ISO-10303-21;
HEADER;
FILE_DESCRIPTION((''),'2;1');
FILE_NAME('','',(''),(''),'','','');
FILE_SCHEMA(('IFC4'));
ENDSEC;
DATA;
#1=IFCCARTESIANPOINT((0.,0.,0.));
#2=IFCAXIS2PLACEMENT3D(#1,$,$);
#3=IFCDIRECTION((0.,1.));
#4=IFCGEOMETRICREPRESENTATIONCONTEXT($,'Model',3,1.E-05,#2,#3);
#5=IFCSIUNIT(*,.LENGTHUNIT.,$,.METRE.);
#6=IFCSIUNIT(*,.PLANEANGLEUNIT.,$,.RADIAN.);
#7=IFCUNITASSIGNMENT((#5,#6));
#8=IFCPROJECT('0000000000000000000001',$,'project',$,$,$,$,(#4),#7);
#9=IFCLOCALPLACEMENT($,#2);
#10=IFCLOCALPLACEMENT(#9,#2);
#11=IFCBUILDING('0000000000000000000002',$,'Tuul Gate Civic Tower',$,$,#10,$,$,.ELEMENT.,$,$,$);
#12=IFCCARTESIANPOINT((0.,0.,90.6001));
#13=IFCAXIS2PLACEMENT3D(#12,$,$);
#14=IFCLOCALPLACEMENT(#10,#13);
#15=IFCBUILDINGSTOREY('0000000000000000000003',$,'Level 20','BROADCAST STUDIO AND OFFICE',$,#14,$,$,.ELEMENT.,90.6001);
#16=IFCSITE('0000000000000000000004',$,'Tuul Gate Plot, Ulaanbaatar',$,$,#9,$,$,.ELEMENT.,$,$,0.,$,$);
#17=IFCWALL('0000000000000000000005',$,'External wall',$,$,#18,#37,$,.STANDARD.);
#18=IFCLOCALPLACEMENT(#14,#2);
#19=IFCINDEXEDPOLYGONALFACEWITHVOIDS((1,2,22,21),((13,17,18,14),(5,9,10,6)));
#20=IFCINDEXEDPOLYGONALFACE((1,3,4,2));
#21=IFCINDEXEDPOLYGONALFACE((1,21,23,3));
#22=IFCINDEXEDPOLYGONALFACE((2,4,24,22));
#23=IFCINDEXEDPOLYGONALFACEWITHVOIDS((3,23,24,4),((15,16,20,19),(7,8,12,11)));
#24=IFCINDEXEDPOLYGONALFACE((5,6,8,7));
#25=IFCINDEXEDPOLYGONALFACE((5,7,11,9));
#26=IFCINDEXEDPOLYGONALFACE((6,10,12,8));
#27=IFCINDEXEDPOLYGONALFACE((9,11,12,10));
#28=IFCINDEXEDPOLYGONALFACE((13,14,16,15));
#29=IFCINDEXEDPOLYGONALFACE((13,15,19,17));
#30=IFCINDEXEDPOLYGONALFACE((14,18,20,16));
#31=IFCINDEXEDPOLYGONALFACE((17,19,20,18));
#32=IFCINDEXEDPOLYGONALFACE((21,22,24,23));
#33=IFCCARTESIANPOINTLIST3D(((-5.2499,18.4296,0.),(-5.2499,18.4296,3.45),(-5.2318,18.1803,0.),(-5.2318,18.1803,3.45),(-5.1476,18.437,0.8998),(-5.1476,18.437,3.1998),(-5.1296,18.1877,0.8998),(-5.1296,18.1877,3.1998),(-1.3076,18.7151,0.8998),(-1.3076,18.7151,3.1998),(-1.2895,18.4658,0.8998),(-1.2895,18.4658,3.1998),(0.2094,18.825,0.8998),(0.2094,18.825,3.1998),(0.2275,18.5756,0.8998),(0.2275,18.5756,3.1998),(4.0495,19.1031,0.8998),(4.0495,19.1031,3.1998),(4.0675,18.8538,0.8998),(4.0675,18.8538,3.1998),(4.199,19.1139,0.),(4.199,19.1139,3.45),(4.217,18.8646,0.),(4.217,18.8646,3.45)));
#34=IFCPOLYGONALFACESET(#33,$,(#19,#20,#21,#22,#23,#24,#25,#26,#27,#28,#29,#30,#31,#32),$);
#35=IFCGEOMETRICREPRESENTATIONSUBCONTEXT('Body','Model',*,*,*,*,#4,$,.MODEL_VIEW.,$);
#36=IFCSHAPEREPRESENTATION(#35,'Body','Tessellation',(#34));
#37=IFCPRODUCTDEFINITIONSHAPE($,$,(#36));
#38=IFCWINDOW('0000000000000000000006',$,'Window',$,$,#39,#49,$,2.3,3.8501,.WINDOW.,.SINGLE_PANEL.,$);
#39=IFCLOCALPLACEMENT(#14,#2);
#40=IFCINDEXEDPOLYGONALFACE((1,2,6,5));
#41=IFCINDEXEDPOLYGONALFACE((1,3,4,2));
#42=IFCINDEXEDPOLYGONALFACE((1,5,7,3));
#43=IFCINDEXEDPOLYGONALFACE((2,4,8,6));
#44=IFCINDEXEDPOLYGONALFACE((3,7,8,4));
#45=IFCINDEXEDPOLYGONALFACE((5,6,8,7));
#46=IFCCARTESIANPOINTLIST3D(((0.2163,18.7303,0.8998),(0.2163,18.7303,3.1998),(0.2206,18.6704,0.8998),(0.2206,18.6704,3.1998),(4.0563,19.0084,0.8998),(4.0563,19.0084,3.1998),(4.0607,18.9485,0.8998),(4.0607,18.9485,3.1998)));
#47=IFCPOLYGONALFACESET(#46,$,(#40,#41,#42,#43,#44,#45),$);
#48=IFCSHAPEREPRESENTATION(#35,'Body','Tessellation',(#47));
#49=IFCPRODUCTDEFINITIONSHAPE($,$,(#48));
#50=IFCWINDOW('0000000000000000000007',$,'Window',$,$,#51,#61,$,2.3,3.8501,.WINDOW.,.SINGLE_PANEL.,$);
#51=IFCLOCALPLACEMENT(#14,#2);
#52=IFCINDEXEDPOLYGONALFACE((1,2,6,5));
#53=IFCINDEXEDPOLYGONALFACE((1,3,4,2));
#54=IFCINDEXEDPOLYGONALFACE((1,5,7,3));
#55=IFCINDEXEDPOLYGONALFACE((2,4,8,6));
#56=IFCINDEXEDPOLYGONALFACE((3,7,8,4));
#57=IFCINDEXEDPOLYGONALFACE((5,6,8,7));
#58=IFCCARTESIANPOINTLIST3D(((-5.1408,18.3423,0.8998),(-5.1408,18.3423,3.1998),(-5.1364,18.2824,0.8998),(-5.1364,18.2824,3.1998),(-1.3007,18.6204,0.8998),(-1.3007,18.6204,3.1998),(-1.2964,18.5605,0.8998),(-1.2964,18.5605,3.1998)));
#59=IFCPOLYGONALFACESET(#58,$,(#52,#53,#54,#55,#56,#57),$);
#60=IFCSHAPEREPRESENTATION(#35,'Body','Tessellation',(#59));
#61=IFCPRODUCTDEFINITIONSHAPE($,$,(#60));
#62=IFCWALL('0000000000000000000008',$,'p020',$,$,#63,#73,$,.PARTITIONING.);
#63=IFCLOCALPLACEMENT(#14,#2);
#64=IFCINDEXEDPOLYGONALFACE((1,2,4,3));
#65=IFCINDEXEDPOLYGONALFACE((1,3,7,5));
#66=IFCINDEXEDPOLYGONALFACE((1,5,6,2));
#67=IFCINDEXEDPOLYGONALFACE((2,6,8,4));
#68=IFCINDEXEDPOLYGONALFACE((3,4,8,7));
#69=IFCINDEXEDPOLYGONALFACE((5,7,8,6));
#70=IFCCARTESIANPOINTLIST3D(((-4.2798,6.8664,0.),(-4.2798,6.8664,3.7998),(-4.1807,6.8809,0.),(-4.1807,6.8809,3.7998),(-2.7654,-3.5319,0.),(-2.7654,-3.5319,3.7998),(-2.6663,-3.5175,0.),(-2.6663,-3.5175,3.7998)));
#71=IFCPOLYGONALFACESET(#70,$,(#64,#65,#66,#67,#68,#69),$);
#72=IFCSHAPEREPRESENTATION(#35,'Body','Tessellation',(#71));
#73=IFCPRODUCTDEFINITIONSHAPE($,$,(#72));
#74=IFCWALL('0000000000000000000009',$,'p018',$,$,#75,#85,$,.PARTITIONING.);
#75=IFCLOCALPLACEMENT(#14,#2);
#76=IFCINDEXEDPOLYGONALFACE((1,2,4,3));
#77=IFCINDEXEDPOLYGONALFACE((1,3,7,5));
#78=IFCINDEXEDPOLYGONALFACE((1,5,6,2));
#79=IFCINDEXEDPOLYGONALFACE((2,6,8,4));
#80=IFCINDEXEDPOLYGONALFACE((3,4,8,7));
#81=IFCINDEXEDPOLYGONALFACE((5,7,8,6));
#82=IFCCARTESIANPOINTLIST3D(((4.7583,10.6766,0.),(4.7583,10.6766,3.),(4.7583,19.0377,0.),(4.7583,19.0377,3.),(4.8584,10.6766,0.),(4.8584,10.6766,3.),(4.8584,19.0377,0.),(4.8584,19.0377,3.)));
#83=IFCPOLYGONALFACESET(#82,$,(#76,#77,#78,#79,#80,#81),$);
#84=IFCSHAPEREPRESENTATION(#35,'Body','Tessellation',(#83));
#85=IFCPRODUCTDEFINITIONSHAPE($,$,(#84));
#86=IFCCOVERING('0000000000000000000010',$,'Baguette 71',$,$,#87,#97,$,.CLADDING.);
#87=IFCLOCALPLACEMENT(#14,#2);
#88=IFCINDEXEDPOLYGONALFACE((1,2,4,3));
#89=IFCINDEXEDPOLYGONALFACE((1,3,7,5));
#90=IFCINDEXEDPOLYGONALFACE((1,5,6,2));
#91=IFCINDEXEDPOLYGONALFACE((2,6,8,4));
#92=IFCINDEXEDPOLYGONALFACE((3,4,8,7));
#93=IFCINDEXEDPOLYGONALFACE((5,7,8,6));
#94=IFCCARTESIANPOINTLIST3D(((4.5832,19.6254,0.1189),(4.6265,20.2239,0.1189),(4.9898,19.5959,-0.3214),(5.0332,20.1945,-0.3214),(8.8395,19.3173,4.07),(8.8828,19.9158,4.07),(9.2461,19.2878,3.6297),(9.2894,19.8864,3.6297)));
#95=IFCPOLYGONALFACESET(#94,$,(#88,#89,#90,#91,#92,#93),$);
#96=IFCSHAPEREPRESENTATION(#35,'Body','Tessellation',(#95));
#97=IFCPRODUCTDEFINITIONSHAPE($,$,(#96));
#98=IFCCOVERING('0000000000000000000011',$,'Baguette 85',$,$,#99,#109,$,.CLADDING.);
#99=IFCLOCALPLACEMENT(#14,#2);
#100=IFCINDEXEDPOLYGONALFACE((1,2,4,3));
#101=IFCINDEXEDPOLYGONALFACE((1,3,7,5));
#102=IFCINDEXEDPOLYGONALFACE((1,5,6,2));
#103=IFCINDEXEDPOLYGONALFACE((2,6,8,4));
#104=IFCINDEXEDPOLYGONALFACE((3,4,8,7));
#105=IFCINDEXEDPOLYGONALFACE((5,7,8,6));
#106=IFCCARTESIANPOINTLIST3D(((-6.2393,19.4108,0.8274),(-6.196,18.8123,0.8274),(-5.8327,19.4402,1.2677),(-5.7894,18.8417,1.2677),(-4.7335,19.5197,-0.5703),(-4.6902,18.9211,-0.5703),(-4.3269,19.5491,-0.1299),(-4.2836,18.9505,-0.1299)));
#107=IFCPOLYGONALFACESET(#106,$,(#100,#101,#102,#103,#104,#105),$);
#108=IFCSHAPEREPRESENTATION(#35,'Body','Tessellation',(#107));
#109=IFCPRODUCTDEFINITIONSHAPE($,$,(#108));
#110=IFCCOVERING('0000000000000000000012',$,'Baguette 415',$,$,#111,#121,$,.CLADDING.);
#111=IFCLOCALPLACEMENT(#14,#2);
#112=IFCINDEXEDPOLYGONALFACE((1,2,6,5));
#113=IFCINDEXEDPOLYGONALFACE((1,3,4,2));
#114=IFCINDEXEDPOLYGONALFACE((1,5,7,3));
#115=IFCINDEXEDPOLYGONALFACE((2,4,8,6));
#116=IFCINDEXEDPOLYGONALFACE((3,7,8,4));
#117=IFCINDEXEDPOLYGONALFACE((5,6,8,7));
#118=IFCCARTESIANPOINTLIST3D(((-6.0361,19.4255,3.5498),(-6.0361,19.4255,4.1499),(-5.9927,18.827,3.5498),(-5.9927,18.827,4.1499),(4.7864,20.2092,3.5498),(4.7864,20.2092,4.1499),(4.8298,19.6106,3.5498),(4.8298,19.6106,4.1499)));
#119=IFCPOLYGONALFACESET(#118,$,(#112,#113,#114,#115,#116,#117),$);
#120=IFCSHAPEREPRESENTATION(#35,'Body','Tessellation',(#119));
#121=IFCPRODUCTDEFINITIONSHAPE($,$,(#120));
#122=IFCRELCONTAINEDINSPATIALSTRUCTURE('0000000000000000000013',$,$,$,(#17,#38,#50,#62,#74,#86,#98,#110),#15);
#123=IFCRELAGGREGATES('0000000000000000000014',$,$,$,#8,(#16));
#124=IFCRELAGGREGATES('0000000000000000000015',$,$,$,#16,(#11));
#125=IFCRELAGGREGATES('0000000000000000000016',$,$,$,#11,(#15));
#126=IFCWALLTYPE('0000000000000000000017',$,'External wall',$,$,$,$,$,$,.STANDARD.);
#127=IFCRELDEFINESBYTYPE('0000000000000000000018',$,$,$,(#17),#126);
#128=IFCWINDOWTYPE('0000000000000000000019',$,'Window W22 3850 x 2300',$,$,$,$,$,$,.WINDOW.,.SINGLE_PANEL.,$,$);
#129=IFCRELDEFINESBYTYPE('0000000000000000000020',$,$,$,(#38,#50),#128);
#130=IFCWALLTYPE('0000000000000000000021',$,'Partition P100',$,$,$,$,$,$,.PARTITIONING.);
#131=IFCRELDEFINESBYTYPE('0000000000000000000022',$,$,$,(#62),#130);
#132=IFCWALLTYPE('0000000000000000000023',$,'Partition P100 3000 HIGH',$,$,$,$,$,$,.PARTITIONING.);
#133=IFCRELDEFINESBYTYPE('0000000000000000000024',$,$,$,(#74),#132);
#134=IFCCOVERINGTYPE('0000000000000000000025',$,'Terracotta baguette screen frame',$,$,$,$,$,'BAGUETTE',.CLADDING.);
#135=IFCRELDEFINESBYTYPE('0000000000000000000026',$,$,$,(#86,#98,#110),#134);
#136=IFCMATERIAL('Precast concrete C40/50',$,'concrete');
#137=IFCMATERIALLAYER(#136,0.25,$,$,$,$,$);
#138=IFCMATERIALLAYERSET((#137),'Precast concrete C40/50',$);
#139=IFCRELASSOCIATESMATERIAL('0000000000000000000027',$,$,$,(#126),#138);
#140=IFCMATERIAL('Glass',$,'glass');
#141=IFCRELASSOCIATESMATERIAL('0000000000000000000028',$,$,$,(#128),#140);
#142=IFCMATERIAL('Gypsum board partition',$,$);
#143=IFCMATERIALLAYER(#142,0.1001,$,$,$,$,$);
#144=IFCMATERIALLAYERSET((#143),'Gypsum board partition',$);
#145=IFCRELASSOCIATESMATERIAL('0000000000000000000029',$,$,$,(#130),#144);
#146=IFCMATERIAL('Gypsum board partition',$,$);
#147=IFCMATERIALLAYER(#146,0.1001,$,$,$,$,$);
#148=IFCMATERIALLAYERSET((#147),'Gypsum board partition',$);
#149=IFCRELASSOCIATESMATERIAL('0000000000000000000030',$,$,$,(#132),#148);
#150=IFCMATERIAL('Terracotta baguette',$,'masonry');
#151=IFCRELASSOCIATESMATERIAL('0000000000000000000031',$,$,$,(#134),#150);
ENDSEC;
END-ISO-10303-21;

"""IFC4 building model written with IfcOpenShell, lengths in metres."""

from ifc_helpers import new_model, si_unit, direction, frame, frame_2d, origin, origin_2d, place, context, subcontext, project, spatial, rectangle, extrude, material, layer, layer_set, material_profile, profile_set, type_object, element, fill, save


model = new_model("IFC4")

# Units and contexts
model_context = context("Model", 3, precision=1e-05, world=origin(), true_north=direction((0.0, 1.0)))
body_context = subcontext(model_context, "Body", "Model", "MODEL_VIEW")
ifc_project = project(units=[si_unit("LENGTHUNIT", "METRE"), si_unit("PLANEANGLEUNIT", "RADIAN")], contexts=[model_context])

# Site, building, storey
site_placement = place(None, origin())
site = spatial("IfcSite", under=ifc_project, at=site_placement, Name="Tuul Gate Plot, Ulaanbaatar", CompositionType="ELEMENT", RefElevation=0.0)
building_placement = place(site_placement, origin())
building = spatial("IfcBuilding", under=site, at=building_placement, Name="Tuul Gate Civic Tower", CompositionType="ELEMENT")
storey_placement = place(building_placement, frame((0.0, 0.0, 90.6001)))
storey = spatial("IfcBuildingStorey", under=building, at=storey_placement, Name="Level 20", Description="BROADCAST STUDIO AND OFFICE", CompositionType="ELEMENT", Elevation=90.6001)

# Wall, openings, windows
ifc_material_1 = material(Name="Precast concrete C40/50", Category="concrete")
ifc_layer_1 = layer(ifc_material_1, 0.25)
ifc_layer_set_1 = layer_set([ifc_layer_1], Name="Precast concrete C40/50")
wall_type_1 = type_object("IfcWallType", Name="External wall", PredefinedType="STANDARD", material=ifc_layer_set_1)
wall_1_placement = place(storey_placement, frame((4.208, 18.9893, 0.0), z_axis=(0.0, 0.0, 1.0), x_axis=(-0.997388, -0.072234, 0.0)))
wall_1 = element("IfcWall", 1, at=wall_1_placement, inside=storey, type_object=wall_type_1, Name="External wall", PredefinedType="STANDARD", context=body_context, shape_type="SweptSolid", body=[
    extrude(rectangle(XDim=9.4736, YDim=0.25, at=frame_2d((4.7368, 0.0))), origin(), (0.0, 0.0, 1.0), 3.45),
])
opening_1_placement = place(wall_1_placement, frame((0.1499, 0.0, 0.8999)))
opening_1 = element("IfcOpeningElement", 2, at=opening_1_placement, cuts=wall_1, PredefinedType="OPENING", context=body_context, shape_type="SweptSolid", body=[
    extrude(rectangle(XDim=3.8501, YDim=2.3, at=frame_2d((1.925, 1.1499))), frame((0.0, 0.135, 0.0), z_axis=(0.0, -1.0, 0.0), x_axis=(1.0, 0.0, 0.0)), (0.0, 0.0, 1.0), 0.27),
])
opening_2_placement = place(wall_1_placement, frame((5.521, 0.0, 0.8999)))
opening_2 = element("IfcOpeningElement", 3, at=opening_2_placement, cuts=wall_1, PredefinedType="OPENING", context=body_context, shape_type="SweptSolid", body=[
    extrude(rectangle(XDim=3.8501, YDim=2.3, at=frame_2d((1.925, 1.1499))), frame((0.0, 0.135, 0.0), z_axis=(0.0, -1.0, 0.0), x_axis=(1.0, 0.0, 0.0)), (0.0, 0.0, 1.0), 0.27),
])
ifc_material_2 = material(Name="Glass", Category="glass")
window_type = type_object("IfcWindowType", Name="Window W22 3850 x 2300", PartitioningType="SINGLE_PANEL", PredefinedType="WINDOW", material=ifc_material_2)
window_1_placement = place(opening_1_placement, origin())
window_1 = element("IfcWindow", 4, at=window_1_placement, inside=storey, type_object=window_type, Name="Window", OverallHeight=2.3, OverallWidth=3.8501, PartitioningType="SINGLE_PANEL", PredefinedType="WINDOW", context=body_context, shape_type="SweptSolid", body=[
    extrude(rectangle(XDim=3.8501, YDim=2.3, at=frame_2d((1.925, 1.1499))), frame((0.0, 0.03, 0.0), z_axis=(0.0, -1.0, 0.0), x_axis=(1.0, 0.0, 0.0)), (0.0, 0.0, 1.0), 0.0601),
])
fill(opening_1, window_1)
window_2_placement = place(opening_2_placement, origin())
window_2 = element("IfcWindow", 5, at=window_2_placement, inside=storey, type_object=window_type, Name="Window", OverallHeight=2.3, OverallWidth=3.8501, PartitioningType="SINGLE_PANEL", PredefinedType="WINDOW", context=body_context, shape_type="SweptSolid", body=[
    extrude(rectangle(XDim=3.8501, YDim=2.3, at=frame_2d((1.925, 1.1499))), frame((0.0, 0.03, 0.0), z_axis=(0.0, -1.0, 0.0), x_axis=(1.0, 0.0, 0.0)), (0.0, 0.0, 1.0), 0.0601),
])
fill(opening_2, window_2)

# Walls
ifc_material_3 = material(Name="Gypsum board partition")
ifc_layer_2 = layer(ifc_material_3, 0.1001)
ifc_layer_set_2 = layer_set([ifc_layer_2], Name="Gypsum board partition")
wall_type_2 = type_object("IfcWallType", Name="Partition P100", PredefinedType="PARTITIONING", material=ifc_layer_set_2)
wall_2_placement = place(storey_placement, frame((-4.2302, 6.8735, 0.0), z_axis=(0.0, 0.0, 1.0), x_axis=(0.144117, -0.989561, 0.0)))
element("IfcWall", 6, at=wall_2_placement, inside=storey, type_object=wall_type_2, Name="p020", PredefinedType="PARTITIONING", context=body_context, shape_type="SweptSolid", body=[
    extrude(rectangle(XDim=10.5081, YDim=0.1001, at=frame_2d((5.2539, 0.0))), origin(), (0.0, 0.0, 1.0), 3.7998),
])
ifc_material_4 = material(Name="Gypsum board partition")
ifc_layer_3 = layer(ifc_material_4, 0.1001)
ifc_layer_set_3 = layer_set([ifc_layer_3], Name="Gypsum board partition")
wall_type_3 = type_object("IfcWallType", Name="Partition P100 3000 HIGH", PredefinedType="PARTITIONING", material=ifc_layer_set_3)
wall_3_placement = place(storey_placement, frame((4.8083, 10.6765, 0.0), z_axis=(0.0, 0.0, 1.0), x_axis=(0.0, 1.0, 0.0)))
element("IfcWall", 7, at=wall_3_placement, inside=storey, type_object=wall_type_3, Name="p018", PredefinedType="PARTITIONING", context=body_context, shape_type="SweptSolid", body=[
    extrude(rectangle(XDim=8.3611, YDim=0.1001, at=frame_2d((4.1807, 0.0))), origin(), (0.0, 0.0, 1.0), 3.0),
])

# Coverings
ifc_material_5 = material(Name="Terracotta baguette", Category="masonry")
ifc_material_profile_1 = material_profile(ifc_material_5, rectangle(XDim=0.6001, YDim=0.6001, at=origin_2d()), Name="Terracotta baguette screen frame")
ifc_profile_set_1 = profile_set([ifc_material_profile_1], Name="Terracotta baguette")
covering_type = type_object("IfcCoveringType", Name="Terracotta baguette screen frame", ElementType="BAGUETTE", PredefinedType="CLADDING", material=ifc_profile_set_1)
covering_1_placement = place(storey_placement, frame((9.0645, 19.6018, 3.8499), z_axis=(-0.731863, 0.052978, -0.679389), x_axis=(-0.072198, -0.99739, 0.0)))
element("IfcCovering", 8, at=covering_1_placement, inside=storey, type_object=covering_type, Name="Baguette 71", PredefinedType="CLADDING", context=body_context, shape_type="SweptSolid", body=[
    extrude(rectangle(XDim=0.6001, YDim=0.6001, at=origin_2d()), origin(), (0.0, 0.0, 1.0), 5.8157),
])
covering_2_placement = place(storey_placement, frame((-4.5085, 19.2351, -0.3501), z_axis=(-0.73191, -0.052923, 0.679343), x_axis=(0.07212, -0.997396, 0.0)))
element("IfcCovering", 9, at=covering_2_placement, inside=storey, type_object=covering_type, Name="Baguette 85", PredefinedType="CLADDING", context=body_context, shape_type="SweptSolid", body=[
    extrude(rectangle(XDim=0.6001, YDim=0.6001, at=origin_2d()), origin(), (0.0, 0.0, 1.0), 2.0574),
])
covering_3_placement = place(storey_placement, frame((4.8081, 19.9099, 3.8499), z_axis=(-0.997388, -0.072224, 0.0), x_axis=(0.072224, -0.997388, 0.0)))
element("IfcCovering", 10, at=covering_3_placement, inside=storey, type_object=covering_type, Name="Baguette 415", PredefinedType="CLADDING", context=body_context, shape_type="SweptSolid", body=[
    extrude(rectangle(XDim=0.6001, YDim=0.6001, at=origin_2d()), origin(), (0.0, 0.0, 1.0), 10.8508),
])

save(model, "model.ifc")
